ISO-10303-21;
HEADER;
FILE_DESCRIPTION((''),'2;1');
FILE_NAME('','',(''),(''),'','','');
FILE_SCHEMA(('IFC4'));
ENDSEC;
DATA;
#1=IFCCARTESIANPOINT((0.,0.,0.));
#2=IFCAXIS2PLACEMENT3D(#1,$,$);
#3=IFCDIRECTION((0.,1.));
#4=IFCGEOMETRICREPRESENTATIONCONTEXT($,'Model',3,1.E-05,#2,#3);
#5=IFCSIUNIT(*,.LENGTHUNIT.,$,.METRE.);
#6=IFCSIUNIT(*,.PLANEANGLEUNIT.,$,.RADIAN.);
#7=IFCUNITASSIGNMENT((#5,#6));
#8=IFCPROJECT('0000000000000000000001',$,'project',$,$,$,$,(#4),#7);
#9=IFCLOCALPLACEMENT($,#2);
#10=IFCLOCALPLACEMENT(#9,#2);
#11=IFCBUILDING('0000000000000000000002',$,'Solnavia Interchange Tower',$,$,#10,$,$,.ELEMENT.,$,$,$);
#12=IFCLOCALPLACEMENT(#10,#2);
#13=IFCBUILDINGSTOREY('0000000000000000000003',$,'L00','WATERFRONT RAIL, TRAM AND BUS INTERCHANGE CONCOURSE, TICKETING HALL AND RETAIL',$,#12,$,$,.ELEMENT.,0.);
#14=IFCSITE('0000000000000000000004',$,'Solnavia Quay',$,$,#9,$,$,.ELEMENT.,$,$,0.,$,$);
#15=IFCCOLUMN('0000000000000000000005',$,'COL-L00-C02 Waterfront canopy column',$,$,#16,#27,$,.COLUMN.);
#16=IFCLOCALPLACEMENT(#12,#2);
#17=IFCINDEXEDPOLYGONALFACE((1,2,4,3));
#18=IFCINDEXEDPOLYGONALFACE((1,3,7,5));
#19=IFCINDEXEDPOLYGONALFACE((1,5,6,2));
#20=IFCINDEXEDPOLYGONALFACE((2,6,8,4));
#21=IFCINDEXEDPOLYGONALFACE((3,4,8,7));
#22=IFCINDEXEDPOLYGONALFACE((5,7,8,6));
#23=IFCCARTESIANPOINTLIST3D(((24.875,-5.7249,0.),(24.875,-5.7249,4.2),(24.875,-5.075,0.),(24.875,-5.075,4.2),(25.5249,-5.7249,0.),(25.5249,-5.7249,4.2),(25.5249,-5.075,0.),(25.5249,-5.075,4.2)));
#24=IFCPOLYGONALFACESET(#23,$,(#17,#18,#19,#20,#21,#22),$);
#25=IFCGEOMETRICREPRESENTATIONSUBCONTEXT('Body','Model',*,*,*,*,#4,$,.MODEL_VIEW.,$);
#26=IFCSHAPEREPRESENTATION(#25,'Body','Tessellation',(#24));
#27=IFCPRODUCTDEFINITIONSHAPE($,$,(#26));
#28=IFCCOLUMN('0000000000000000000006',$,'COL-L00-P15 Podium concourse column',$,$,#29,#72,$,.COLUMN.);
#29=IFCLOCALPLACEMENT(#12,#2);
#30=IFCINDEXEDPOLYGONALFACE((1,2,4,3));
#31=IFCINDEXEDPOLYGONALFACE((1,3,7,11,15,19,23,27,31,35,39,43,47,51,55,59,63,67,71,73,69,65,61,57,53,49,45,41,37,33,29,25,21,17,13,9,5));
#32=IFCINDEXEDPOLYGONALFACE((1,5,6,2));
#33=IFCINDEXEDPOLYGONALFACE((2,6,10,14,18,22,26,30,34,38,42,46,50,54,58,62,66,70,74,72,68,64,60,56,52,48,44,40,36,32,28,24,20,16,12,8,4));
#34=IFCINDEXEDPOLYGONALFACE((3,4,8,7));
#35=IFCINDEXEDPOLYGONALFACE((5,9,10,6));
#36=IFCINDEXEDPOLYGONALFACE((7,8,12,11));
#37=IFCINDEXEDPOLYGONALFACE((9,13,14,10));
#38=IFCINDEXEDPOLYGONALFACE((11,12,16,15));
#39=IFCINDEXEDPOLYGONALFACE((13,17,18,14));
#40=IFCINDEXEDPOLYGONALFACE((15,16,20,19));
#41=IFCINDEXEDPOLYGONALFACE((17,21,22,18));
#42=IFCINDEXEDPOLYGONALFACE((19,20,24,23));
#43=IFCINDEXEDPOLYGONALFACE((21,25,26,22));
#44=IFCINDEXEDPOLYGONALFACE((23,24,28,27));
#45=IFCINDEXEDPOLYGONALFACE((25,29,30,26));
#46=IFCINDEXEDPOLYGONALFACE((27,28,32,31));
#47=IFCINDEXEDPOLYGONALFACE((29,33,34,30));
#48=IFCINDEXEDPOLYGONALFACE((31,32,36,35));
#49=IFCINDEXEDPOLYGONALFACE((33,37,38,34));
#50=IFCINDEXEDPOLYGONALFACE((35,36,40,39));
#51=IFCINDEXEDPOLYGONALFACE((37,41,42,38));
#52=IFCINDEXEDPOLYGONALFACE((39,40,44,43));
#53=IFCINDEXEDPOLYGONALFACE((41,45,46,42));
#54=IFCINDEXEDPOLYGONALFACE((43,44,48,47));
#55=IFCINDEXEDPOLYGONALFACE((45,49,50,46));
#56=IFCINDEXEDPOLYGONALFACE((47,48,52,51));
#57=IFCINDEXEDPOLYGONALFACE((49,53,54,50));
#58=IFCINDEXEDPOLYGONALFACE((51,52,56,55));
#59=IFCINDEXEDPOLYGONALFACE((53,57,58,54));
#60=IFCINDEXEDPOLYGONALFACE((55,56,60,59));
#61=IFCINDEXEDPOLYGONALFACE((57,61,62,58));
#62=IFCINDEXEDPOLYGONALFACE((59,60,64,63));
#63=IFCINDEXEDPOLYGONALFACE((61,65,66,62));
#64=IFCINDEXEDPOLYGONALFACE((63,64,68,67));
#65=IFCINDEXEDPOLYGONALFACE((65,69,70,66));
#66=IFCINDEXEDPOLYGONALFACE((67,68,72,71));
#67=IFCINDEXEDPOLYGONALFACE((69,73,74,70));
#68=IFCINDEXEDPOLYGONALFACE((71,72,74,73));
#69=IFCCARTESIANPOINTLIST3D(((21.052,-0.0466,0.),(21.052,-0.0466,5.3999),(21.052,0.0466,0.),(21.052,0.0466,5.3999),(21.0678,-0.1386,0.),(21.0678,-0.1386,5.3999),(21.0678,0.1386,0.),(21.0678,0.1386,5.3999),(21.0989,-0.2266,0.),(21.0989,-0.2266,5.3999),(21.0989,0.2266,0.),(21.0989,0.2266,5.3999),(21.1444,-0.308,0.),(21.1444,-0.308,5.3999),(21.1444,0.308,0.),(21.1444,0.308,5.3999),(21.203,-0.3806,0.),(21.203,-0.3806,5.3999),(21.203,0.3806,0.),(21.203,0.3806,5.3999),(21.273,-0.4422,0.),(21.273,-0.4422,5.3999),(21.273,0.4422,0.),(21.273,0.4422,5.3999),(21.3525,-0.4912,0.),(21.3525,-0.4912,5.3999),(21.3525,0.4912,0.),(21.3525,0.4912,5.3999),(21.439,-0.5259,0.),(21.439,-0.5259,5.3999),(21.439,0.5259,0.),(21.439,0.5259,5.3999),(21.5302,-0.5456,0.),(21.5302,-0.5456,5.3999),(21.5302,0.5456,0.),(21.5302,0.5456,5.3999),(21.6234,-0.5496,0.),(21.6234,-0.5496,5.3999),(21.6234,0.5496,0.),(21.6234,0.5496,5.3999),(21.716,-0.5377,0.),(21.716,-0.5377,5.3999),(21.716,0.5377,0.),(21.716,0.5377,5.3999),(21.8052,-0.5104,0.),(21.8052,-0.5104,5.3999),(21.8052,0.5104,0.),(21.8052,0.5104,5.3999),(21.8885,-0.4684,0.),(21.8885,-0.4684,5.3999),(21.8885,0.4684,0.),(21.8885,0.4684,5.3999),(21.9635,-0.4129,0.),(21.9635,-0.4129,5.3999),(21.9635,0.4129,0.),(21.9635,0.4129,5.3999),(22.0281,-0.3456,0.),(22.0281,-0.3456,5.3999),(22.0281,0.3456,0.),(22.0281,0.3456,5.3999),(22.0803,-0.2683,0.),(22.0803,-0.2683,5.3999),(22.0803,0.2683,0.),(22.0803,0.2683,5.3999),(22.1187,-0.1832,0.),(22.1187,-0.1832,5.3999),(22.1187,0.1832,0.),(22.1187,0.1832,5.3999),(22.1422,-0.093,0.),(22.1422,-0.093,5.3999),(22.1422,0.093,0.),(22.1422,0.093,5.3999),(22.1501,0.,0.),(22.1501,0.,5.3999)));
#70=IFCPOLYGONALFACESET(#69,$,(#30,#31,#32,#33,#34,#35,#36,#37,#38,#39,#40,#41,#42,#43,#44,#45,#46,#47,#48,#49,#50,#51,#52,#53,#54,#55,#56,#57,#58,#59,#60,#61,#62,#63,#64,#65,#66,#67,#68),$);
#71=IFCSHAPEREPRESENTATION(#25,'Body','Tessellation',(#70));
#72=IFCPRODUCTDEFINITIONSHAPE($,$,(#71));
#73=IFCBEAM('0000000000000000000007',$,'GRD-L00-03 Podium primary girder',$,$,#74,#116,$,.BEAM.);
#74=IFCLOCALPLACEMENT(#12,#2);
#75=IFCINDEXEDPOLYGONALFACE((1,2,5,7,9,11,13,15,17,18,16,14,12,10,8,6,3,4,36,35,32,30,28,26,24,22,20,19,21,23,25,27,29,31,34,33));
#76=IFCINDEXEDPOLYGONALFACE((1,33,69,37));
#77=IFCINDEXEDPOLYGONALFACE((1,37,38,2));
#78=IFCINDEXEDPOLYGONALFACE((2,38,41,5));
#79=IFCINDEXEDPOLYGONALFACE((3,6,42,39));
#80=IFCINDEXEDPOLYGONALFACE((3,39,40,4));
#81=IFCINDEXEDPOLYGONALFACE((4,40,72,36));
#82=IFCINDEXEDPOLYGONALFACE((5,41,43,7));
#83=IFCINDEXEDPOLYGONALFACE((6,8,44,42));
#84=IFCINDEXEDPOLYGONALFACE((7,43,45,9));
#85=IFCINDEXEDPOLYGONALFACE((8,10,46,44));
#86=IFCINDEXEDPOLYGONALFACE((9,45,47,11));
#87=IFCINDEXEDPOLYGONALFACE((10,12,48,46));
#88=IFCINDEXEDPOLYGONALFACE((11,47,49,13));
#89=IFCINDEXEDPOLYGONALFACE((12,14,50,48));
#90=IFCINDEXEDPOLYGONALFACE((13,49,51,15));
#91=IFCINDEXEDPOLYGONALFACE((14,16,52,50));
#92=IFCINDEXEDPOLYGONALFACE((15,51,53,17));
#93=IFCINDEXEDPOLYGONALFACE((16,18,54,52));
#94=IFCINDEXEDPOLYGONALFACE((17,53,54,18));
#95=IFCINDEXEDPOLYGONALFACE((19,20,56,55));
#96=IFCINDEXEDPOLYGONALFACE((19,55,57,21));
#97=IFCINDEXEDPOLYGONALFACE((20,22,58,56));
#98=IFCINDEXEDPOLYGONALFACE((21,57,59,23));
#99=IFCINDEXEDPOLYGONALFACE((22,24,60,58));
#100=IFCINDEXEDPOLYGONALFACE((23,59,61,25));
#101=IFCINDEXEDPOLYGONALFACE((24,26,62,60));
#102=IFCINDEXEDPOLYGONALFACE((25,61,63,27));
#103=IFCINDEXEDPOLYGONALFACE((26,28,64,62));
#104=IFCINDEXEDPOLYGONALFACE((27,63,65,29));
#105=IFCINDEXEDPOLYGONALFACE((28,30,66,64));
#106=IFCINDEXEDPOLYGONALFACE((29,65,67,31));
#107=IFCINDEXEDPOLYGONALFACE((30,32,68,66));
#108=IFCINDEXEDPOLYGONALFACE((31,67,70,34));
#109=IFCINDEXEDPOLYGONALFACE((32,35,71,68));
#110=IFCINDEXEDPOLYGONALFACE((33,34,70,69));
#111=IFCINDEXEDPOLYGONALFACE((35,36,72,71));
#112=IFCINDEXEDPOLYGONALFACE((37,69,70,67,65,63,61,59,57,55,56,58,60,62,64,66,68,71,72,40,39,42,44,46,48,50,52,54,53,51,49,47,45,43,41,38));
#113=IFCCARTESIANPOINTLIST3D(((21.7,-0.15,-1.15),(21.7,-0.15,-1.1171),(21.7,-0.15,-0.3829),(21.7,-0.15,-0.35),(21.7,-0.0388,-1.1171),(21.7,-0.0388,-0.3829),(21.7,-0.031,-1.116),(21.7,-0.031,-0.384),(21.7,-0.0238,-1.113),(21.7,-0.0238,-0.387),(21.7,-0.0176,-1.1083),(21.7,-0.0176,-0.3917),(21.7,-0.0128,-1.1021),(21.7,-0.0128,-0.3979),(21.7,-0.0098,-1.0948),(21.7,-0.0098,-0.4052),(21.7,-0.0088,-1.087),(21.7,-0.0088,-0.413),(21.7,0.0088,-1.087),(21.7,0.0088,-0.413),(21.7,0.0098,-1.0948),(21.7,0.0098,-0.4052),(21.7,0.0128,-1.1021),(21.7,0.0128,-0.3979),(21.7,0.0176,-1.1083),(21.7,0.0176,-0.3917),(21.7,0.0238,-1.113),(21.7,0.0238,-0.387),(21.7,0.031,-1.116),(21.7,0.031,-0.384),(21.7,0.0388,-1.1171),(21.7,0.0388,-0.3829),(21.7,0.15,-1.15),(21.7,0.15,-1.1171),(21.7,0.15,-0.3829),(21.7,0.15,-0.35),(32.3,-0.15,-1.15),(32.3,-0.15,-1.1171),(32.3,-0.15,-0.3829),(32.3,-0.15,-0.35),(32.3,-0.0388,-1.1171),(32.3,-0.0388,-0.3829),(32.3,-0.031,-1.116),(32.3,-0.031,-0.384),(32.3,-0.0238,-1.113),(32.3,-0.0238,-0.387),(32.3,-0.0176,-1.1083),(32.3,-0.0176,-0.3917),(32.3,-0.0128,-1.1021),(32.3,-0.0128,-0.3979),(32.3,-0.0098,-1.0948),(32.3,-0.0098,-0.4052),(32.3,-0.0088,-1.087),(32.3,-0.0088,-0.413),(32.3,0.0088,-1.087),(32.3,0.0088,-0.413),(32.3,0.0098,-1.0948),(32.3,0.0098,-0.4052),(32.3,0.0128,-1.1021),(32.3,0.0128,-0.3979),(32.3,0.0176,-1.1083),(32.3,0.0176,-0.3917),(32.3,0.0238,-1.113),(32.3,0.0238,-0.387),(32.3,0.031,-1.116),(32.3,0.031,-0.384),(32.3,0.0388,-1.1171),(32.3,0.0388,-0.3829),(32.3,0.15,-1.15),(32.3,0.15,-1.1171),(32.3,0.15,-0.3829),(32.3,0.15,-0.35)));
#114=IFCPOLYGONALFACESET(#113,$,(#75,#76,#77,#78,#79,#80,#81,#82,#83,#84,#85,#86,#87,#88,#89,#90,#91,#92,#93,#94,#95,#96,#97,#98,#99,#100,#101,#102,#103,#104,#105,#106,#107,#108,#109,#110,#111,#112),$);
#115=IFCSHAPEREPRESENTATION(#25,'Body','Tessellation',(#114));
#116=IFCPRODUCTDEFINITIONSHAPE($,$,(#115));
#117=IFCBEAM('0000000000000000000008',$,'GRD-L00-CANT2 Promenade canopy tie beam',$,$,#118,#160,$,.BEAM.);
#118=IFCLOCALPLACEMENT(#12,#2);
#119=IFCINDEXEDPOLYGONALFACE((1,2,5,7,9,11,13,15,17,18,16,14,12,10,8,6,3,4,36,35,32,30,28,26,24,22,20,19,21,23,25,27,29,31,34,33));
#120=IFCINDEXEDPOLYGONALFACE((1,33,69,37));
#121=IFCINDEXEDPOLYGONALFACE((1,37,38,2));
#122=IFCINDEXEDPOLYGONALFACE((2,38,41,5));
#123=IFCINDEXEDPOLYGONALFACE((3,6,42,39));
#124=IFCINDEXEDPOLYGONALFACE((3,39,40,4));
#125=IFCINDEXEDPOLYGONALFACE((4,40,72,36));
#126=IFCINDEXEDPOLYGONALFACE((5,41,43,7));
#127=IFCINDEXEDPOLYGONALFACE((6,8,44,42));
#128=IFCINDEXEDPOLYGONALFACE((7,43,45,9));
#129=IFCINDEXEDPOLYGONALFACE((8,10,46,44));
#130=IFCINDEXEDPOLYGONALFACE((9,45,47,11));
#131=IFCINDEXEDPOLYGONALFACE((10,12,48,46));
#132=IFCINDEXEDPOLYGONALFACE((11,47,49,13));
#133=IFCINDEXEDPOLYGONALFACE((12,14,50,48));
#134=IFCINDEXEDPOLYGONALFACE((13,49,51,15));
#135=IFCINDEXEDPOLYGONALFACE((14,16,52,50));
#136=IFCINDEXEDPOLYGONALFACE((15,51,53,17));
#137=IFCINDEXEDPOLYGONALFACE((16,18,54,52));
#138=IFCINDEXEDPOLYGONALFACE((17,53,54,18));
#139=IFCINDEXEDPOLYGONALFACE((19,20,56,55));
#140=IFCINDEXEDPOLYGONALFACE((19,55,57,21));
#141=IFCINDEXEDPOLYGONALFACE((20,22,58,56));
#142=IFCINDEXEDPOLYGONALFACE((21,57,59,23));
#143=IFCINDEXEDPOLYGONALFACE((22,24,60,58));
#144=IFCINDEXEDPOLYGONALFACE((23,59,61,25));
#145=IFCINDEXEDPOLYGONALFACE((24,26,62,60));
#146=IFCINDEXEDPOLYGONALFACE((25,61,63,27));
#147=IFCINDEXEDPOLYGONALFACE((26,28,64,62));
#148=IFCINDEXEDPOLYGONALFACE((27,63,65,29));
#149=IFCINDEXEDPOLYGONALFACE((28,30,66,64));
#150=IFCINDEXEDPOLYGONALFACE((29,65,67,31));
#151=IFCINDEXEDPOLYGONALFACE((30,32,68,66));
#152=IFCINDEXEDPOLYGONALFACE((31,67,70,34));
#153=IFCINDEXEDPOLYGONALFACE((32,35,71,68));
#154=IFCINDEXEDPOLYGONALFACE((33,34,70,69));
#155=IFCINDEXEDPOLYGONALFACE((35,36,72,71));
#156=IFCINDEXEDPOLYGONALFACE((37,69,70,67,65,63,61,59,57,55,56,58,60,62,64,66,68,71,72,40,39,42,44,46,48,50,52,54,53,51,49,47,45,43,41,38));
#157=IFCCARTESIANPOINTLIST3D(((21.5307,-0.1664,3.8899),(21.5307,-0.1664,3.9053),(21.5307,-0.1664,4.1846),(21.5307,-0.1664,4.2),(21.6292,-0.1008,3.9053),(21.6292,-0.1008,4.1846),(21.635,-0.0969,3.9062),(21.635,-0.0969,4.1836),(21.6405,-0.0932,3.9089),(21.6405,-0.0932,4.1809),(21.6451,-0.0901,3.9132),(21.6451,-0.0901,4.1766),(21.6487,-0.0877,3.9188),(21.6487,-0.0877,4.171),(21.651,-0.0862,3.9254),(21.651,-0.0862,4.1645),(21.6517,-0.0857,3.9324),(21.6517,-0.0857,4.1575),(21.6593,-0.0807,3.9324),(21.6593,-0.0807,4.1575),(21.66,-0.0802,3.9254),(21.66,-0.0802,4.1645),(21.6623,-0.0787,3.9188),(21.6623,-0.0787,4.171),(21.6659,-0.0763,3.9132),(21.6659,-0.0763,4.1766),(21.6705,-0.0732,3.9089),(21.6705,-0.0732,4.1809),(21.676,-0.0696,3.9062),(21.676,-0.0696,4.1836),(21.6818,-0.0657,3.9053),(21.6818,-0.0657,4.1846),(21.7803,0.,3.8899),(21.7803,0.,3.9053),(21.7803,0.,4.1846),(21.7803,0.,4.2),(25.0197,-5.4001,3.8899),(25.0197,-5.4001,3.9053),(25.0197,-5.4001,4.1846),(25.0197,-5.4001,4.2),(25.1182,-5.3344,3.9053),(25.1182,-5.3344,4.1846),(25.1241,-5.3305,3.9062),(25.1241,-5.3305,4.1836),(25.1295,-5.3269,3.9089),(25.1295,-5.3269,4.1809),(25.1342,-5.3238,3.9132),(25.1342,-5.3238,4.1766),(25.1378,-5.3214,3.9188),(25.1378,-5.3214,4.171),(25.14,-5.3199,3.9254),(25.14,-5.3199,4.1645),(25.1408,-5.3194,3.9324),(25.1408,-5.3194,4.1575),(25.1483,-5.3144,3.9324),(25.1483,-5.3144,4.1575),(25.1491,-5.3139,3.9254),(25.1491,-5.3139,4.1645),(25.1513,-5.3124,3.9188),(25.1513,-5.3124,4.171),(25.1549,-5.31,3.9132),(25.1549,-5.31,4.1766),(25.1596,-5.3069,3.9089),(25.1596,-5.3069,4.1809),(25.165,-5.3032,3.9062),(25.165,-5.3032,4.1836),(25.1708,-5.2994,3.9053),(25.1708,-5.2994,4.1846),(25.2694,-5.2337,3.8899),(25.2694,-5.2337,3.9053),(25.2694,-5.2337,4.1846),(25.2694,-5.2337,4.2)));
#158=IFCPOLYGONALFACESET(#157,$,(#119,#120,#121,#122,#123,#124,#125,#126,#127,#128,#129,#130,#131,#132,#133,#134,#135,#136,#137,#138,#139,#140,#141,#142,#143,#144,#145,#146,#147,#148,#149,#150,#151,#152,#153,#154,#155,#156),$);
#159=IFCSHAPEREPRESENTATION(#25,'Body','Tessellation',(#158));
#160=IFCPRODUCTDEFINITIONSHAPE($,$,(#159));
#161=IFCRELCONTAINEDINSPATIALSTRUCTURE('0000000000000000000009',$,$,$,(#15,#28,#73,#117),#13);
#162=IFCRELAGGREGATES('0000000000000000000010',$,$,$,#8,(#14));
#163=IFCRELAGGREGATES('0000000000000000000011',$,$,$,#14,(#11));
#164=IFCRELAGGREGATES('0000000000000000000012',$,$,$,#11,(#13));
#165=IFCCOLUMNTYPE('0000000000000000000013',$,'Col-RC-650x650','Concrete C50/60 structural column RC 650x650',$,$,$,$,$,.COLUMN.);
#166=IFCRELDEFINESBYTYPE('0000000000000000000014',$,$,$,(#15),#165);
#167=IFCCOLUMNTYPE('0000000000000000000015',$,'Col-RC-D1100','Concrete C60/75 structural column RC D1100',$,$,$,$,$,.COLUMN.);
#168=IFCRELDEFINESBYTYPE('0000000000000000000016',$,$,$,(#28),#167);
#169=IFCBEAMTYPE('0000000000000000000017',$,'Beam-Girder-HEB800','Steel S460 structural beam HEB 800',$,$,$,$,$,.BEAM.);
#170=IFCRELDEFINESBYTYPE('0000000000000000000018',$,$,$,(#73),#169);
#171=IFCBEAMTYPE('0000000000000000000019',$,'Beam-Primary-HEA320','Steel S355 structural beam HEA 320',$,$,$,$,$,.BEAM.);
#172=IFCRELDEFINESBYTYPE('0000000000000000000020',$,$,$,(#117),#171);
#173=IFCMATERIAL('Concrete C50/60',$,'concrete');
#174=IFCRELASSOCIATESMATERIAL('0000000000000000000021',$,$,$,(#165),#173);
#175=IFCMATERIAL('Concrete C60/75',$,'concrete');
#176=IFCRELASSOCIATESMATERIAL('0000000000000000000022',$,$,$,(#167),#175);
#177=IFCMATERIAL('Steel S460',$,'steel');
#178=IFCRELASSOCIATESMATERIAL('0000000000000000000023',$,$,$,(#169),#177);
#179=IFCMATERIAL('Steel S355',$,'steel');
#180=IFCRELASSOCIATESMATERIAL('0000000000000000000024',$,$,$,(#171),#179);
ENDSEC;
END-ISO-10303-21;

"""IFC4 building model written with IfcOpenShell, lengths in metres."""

from ifc_helpers import new_model, si_unit, direction, frame, origin, origin_2d, place, context, subcontext, project, spatial, rectangle, circle, i_section, extrude, material, material_profile, profile_set, type_object, element, save


model = new_model("IFC4")

# Units and contexts
model_context = context("Model", 3, precision=1e-05, world=origin(), true_north=direction((0.0, 1.0)))
body_context = subcontext(model_context, "Body", "Model", "MODEL_VIEW")
ifc_project = project(units=[si_unit("LENGTHUNIT", "METRE"), si_unit("PLANEANGLEUNIT", "RADIAN")], contexts=[model_context])

# Site, building, storey
site_placement = place(None, origin())
site = spatial("IfcSite", under=ifc_project, at=site_placement, Name="Solnavia Quay", CompositionType="ELEMENT", RefElevation=0.0)
building_placement = place(site_placement, origin())
building = spatial("IfcBuilding", under=site, at=building_placement, Name="Solnavia Interchange Tower", CompositionType="ELEMENT")
storey_placement = place(building_placement, origin())
storey = spatial("IfcBuildingStorey", under=building, at=storey_placement, Name="L00", Description="WATERFRONT RAIL, TRAM AND BUS INTERCHANGE CONCOURSE, TICKETING HALL AND RETAIL", CompositionType="ELEMENT", Elevation=0.0)

# Columns
ifc_material_1 = material(Name="Concrete C50/60", Category="concrete")
ifc_material_profile_1 = material_profile(ifc_material_1, rectangle(XDim=0.6499, YDim=0.6499, at=origin_2d()), Name="RC 650x650")
ifc_profile_set_1 = profile_set([ifc_material_profile_1], Name="Concrete C50/60")
column_type_1 = type_object("IfcColumnType", Name="Col-RC-650x650", Description="Concrete C50/60 structural column RC 650x650", PredefinedType="COLUMN", material=ifc_profile_set_1)
column_1_placement = place(storey_placement, frame((25.2, -5.3999, 0.0), z_axis=(0.0, 0.0, 1.0), x_axis=(1.0, 0.0, 0.0)))
element("IfcColumn", 1, at=column_1_placement, inside=storey, type_object=column_type_1, Name="COL-L00-C02 Waterfront canopy column", PredefinedType="COLUMN", context=body_context, shape_type="SweptSolid", body=[
    extrude(rectangle(XDim=0.6499, YDim=0.6499, at=origin_2d()), origin(), (0.0, 0.0, 1.0), 4.2),
])
ifc_material_2 = material(Name="Concrete C60/75", Category="concrete")
ifc_material_profile_2 = material_profile(ifc_material_2, circle(Radius=0.55, at=origin_2d()), Name="RC D1100")
ifc_profile_set_2 = profile_set([ifc_material_profile_2], Name="Concrete C60/75")
column_type_2 = type_object("IfcColumnType", Name="Col-RC-D1100", Description="Concrete C60/75 structural column RC D1100", PredefinedType="COLUMN", material=ifc_profile_set_2)
column_2_placement = place(storey_placement, frame((21.6001, 0.0, 0.0), z_axis=(0.0, 0.0, 1.0), x_axis=(1.0, 0.0, 0.0)))
element("IfcColumn", 2, at=column_2_placement, inside=storey, type_object=column_type_2, Name="COL-L00-P15 Podium concourse column", PredefinedType="COLUMN", context=body_context, shape_type="SweptSolid", body=[
    extrude(circle(Radius=0.55, at=origin_2d()), origin(), (0.0, 0.0, 1.0), 5.3999),
])

# Beams
ifc_material_3 = material(Name="Steel S460", Category="steel")
ifc_material_profile_3 = material_profile(ifc_material_3, i_section(OverallWidth=0.3, OverallDepth=0.8, WebThickness=0.0176, FlangeThickness=0.033, FilletRadius=0.03, at=origin_2d()), Name="HEB 800")
ifc_profile_set_3 = profile_set([ifc_material_profile_3], Name="Steel S460")
beam_type_1 = type_object("IfcBeamType", Name="Beam-Girder-HEB800", Description="Steel S460 structural beam HEB 800", PredefinedType="BEAM", material=ifc_profile_set_3)
beam_1_placement = place(storey_placement, frame((21.7, 0.0, -0.75), z_axis=(1.0, 0.0, 0.0), x_axis=(0.0, 1.0, 0.0)))
element("IfcBeam", 3, at=beam_1_placement, inside=storey, type_object=beam_type_1, Name="GRD-L00-03 Podium primary girder", PredefinedType="BEAM", context=body_context, shape_type="SweptSolid", body=[
    extrude(i_section(OverallWidth=0.3, OverallDepth=0.8, WebThickness=0.0176, FlangeThickness=0.033, FilletRadius=0.03, at=origin_2d()), origin(), (0.0, 0.0, 1.0), 10.6001),
])
ifc_material_4 = material(Name="Steel S355", Category="steel")
ifc_material_profile_4 = material_profile(ifc_material_4, i_section(OverallWidth=0.3, OverallDepth=0.3101, WebThickness=0.009, FlangeThickness=0.0154, FilletRadius=0.0271, at=origin_2d()), Name="HEA 320")
ifc_profile_set_4 = profile_set([ifc_material_profile_4], Name="Steel S355")
beam_type_2 = type_object("IfcBeamType", Name="Beam-Primary-HEA320", Description="Steel S355 structural beam HEA 320", PredefinedType="BEAM", material=ifc_profile_set_4)
beam_2_placement = place(storey_placement, frame((25.1445, -5.3169, 4.0449), z_axis=(-0.554691, 0.832056, 0.0), x_axis=(-0.832056, -0.554691, 0.0)))
element("IfcBeam", 4, at=beam_2_placement, inside=storey, type_object=beam_type_2, Name="GRD-L00-CANT2 Promenade canopy tie beam", PredefinedType="BEAM", context=body_context, shape_type="SweptSolid", body=[
    extrude(i_section(OverallWidth=0.3, OverallDepth=0.3101, WebThickness=0.009, FlangeThickness=0.0154, FilletRadius=0.0271, at=origin_2d()), origin(), (0.0, 0.0, 1.0), 6.29),
])

save(model, "model.ifc")
